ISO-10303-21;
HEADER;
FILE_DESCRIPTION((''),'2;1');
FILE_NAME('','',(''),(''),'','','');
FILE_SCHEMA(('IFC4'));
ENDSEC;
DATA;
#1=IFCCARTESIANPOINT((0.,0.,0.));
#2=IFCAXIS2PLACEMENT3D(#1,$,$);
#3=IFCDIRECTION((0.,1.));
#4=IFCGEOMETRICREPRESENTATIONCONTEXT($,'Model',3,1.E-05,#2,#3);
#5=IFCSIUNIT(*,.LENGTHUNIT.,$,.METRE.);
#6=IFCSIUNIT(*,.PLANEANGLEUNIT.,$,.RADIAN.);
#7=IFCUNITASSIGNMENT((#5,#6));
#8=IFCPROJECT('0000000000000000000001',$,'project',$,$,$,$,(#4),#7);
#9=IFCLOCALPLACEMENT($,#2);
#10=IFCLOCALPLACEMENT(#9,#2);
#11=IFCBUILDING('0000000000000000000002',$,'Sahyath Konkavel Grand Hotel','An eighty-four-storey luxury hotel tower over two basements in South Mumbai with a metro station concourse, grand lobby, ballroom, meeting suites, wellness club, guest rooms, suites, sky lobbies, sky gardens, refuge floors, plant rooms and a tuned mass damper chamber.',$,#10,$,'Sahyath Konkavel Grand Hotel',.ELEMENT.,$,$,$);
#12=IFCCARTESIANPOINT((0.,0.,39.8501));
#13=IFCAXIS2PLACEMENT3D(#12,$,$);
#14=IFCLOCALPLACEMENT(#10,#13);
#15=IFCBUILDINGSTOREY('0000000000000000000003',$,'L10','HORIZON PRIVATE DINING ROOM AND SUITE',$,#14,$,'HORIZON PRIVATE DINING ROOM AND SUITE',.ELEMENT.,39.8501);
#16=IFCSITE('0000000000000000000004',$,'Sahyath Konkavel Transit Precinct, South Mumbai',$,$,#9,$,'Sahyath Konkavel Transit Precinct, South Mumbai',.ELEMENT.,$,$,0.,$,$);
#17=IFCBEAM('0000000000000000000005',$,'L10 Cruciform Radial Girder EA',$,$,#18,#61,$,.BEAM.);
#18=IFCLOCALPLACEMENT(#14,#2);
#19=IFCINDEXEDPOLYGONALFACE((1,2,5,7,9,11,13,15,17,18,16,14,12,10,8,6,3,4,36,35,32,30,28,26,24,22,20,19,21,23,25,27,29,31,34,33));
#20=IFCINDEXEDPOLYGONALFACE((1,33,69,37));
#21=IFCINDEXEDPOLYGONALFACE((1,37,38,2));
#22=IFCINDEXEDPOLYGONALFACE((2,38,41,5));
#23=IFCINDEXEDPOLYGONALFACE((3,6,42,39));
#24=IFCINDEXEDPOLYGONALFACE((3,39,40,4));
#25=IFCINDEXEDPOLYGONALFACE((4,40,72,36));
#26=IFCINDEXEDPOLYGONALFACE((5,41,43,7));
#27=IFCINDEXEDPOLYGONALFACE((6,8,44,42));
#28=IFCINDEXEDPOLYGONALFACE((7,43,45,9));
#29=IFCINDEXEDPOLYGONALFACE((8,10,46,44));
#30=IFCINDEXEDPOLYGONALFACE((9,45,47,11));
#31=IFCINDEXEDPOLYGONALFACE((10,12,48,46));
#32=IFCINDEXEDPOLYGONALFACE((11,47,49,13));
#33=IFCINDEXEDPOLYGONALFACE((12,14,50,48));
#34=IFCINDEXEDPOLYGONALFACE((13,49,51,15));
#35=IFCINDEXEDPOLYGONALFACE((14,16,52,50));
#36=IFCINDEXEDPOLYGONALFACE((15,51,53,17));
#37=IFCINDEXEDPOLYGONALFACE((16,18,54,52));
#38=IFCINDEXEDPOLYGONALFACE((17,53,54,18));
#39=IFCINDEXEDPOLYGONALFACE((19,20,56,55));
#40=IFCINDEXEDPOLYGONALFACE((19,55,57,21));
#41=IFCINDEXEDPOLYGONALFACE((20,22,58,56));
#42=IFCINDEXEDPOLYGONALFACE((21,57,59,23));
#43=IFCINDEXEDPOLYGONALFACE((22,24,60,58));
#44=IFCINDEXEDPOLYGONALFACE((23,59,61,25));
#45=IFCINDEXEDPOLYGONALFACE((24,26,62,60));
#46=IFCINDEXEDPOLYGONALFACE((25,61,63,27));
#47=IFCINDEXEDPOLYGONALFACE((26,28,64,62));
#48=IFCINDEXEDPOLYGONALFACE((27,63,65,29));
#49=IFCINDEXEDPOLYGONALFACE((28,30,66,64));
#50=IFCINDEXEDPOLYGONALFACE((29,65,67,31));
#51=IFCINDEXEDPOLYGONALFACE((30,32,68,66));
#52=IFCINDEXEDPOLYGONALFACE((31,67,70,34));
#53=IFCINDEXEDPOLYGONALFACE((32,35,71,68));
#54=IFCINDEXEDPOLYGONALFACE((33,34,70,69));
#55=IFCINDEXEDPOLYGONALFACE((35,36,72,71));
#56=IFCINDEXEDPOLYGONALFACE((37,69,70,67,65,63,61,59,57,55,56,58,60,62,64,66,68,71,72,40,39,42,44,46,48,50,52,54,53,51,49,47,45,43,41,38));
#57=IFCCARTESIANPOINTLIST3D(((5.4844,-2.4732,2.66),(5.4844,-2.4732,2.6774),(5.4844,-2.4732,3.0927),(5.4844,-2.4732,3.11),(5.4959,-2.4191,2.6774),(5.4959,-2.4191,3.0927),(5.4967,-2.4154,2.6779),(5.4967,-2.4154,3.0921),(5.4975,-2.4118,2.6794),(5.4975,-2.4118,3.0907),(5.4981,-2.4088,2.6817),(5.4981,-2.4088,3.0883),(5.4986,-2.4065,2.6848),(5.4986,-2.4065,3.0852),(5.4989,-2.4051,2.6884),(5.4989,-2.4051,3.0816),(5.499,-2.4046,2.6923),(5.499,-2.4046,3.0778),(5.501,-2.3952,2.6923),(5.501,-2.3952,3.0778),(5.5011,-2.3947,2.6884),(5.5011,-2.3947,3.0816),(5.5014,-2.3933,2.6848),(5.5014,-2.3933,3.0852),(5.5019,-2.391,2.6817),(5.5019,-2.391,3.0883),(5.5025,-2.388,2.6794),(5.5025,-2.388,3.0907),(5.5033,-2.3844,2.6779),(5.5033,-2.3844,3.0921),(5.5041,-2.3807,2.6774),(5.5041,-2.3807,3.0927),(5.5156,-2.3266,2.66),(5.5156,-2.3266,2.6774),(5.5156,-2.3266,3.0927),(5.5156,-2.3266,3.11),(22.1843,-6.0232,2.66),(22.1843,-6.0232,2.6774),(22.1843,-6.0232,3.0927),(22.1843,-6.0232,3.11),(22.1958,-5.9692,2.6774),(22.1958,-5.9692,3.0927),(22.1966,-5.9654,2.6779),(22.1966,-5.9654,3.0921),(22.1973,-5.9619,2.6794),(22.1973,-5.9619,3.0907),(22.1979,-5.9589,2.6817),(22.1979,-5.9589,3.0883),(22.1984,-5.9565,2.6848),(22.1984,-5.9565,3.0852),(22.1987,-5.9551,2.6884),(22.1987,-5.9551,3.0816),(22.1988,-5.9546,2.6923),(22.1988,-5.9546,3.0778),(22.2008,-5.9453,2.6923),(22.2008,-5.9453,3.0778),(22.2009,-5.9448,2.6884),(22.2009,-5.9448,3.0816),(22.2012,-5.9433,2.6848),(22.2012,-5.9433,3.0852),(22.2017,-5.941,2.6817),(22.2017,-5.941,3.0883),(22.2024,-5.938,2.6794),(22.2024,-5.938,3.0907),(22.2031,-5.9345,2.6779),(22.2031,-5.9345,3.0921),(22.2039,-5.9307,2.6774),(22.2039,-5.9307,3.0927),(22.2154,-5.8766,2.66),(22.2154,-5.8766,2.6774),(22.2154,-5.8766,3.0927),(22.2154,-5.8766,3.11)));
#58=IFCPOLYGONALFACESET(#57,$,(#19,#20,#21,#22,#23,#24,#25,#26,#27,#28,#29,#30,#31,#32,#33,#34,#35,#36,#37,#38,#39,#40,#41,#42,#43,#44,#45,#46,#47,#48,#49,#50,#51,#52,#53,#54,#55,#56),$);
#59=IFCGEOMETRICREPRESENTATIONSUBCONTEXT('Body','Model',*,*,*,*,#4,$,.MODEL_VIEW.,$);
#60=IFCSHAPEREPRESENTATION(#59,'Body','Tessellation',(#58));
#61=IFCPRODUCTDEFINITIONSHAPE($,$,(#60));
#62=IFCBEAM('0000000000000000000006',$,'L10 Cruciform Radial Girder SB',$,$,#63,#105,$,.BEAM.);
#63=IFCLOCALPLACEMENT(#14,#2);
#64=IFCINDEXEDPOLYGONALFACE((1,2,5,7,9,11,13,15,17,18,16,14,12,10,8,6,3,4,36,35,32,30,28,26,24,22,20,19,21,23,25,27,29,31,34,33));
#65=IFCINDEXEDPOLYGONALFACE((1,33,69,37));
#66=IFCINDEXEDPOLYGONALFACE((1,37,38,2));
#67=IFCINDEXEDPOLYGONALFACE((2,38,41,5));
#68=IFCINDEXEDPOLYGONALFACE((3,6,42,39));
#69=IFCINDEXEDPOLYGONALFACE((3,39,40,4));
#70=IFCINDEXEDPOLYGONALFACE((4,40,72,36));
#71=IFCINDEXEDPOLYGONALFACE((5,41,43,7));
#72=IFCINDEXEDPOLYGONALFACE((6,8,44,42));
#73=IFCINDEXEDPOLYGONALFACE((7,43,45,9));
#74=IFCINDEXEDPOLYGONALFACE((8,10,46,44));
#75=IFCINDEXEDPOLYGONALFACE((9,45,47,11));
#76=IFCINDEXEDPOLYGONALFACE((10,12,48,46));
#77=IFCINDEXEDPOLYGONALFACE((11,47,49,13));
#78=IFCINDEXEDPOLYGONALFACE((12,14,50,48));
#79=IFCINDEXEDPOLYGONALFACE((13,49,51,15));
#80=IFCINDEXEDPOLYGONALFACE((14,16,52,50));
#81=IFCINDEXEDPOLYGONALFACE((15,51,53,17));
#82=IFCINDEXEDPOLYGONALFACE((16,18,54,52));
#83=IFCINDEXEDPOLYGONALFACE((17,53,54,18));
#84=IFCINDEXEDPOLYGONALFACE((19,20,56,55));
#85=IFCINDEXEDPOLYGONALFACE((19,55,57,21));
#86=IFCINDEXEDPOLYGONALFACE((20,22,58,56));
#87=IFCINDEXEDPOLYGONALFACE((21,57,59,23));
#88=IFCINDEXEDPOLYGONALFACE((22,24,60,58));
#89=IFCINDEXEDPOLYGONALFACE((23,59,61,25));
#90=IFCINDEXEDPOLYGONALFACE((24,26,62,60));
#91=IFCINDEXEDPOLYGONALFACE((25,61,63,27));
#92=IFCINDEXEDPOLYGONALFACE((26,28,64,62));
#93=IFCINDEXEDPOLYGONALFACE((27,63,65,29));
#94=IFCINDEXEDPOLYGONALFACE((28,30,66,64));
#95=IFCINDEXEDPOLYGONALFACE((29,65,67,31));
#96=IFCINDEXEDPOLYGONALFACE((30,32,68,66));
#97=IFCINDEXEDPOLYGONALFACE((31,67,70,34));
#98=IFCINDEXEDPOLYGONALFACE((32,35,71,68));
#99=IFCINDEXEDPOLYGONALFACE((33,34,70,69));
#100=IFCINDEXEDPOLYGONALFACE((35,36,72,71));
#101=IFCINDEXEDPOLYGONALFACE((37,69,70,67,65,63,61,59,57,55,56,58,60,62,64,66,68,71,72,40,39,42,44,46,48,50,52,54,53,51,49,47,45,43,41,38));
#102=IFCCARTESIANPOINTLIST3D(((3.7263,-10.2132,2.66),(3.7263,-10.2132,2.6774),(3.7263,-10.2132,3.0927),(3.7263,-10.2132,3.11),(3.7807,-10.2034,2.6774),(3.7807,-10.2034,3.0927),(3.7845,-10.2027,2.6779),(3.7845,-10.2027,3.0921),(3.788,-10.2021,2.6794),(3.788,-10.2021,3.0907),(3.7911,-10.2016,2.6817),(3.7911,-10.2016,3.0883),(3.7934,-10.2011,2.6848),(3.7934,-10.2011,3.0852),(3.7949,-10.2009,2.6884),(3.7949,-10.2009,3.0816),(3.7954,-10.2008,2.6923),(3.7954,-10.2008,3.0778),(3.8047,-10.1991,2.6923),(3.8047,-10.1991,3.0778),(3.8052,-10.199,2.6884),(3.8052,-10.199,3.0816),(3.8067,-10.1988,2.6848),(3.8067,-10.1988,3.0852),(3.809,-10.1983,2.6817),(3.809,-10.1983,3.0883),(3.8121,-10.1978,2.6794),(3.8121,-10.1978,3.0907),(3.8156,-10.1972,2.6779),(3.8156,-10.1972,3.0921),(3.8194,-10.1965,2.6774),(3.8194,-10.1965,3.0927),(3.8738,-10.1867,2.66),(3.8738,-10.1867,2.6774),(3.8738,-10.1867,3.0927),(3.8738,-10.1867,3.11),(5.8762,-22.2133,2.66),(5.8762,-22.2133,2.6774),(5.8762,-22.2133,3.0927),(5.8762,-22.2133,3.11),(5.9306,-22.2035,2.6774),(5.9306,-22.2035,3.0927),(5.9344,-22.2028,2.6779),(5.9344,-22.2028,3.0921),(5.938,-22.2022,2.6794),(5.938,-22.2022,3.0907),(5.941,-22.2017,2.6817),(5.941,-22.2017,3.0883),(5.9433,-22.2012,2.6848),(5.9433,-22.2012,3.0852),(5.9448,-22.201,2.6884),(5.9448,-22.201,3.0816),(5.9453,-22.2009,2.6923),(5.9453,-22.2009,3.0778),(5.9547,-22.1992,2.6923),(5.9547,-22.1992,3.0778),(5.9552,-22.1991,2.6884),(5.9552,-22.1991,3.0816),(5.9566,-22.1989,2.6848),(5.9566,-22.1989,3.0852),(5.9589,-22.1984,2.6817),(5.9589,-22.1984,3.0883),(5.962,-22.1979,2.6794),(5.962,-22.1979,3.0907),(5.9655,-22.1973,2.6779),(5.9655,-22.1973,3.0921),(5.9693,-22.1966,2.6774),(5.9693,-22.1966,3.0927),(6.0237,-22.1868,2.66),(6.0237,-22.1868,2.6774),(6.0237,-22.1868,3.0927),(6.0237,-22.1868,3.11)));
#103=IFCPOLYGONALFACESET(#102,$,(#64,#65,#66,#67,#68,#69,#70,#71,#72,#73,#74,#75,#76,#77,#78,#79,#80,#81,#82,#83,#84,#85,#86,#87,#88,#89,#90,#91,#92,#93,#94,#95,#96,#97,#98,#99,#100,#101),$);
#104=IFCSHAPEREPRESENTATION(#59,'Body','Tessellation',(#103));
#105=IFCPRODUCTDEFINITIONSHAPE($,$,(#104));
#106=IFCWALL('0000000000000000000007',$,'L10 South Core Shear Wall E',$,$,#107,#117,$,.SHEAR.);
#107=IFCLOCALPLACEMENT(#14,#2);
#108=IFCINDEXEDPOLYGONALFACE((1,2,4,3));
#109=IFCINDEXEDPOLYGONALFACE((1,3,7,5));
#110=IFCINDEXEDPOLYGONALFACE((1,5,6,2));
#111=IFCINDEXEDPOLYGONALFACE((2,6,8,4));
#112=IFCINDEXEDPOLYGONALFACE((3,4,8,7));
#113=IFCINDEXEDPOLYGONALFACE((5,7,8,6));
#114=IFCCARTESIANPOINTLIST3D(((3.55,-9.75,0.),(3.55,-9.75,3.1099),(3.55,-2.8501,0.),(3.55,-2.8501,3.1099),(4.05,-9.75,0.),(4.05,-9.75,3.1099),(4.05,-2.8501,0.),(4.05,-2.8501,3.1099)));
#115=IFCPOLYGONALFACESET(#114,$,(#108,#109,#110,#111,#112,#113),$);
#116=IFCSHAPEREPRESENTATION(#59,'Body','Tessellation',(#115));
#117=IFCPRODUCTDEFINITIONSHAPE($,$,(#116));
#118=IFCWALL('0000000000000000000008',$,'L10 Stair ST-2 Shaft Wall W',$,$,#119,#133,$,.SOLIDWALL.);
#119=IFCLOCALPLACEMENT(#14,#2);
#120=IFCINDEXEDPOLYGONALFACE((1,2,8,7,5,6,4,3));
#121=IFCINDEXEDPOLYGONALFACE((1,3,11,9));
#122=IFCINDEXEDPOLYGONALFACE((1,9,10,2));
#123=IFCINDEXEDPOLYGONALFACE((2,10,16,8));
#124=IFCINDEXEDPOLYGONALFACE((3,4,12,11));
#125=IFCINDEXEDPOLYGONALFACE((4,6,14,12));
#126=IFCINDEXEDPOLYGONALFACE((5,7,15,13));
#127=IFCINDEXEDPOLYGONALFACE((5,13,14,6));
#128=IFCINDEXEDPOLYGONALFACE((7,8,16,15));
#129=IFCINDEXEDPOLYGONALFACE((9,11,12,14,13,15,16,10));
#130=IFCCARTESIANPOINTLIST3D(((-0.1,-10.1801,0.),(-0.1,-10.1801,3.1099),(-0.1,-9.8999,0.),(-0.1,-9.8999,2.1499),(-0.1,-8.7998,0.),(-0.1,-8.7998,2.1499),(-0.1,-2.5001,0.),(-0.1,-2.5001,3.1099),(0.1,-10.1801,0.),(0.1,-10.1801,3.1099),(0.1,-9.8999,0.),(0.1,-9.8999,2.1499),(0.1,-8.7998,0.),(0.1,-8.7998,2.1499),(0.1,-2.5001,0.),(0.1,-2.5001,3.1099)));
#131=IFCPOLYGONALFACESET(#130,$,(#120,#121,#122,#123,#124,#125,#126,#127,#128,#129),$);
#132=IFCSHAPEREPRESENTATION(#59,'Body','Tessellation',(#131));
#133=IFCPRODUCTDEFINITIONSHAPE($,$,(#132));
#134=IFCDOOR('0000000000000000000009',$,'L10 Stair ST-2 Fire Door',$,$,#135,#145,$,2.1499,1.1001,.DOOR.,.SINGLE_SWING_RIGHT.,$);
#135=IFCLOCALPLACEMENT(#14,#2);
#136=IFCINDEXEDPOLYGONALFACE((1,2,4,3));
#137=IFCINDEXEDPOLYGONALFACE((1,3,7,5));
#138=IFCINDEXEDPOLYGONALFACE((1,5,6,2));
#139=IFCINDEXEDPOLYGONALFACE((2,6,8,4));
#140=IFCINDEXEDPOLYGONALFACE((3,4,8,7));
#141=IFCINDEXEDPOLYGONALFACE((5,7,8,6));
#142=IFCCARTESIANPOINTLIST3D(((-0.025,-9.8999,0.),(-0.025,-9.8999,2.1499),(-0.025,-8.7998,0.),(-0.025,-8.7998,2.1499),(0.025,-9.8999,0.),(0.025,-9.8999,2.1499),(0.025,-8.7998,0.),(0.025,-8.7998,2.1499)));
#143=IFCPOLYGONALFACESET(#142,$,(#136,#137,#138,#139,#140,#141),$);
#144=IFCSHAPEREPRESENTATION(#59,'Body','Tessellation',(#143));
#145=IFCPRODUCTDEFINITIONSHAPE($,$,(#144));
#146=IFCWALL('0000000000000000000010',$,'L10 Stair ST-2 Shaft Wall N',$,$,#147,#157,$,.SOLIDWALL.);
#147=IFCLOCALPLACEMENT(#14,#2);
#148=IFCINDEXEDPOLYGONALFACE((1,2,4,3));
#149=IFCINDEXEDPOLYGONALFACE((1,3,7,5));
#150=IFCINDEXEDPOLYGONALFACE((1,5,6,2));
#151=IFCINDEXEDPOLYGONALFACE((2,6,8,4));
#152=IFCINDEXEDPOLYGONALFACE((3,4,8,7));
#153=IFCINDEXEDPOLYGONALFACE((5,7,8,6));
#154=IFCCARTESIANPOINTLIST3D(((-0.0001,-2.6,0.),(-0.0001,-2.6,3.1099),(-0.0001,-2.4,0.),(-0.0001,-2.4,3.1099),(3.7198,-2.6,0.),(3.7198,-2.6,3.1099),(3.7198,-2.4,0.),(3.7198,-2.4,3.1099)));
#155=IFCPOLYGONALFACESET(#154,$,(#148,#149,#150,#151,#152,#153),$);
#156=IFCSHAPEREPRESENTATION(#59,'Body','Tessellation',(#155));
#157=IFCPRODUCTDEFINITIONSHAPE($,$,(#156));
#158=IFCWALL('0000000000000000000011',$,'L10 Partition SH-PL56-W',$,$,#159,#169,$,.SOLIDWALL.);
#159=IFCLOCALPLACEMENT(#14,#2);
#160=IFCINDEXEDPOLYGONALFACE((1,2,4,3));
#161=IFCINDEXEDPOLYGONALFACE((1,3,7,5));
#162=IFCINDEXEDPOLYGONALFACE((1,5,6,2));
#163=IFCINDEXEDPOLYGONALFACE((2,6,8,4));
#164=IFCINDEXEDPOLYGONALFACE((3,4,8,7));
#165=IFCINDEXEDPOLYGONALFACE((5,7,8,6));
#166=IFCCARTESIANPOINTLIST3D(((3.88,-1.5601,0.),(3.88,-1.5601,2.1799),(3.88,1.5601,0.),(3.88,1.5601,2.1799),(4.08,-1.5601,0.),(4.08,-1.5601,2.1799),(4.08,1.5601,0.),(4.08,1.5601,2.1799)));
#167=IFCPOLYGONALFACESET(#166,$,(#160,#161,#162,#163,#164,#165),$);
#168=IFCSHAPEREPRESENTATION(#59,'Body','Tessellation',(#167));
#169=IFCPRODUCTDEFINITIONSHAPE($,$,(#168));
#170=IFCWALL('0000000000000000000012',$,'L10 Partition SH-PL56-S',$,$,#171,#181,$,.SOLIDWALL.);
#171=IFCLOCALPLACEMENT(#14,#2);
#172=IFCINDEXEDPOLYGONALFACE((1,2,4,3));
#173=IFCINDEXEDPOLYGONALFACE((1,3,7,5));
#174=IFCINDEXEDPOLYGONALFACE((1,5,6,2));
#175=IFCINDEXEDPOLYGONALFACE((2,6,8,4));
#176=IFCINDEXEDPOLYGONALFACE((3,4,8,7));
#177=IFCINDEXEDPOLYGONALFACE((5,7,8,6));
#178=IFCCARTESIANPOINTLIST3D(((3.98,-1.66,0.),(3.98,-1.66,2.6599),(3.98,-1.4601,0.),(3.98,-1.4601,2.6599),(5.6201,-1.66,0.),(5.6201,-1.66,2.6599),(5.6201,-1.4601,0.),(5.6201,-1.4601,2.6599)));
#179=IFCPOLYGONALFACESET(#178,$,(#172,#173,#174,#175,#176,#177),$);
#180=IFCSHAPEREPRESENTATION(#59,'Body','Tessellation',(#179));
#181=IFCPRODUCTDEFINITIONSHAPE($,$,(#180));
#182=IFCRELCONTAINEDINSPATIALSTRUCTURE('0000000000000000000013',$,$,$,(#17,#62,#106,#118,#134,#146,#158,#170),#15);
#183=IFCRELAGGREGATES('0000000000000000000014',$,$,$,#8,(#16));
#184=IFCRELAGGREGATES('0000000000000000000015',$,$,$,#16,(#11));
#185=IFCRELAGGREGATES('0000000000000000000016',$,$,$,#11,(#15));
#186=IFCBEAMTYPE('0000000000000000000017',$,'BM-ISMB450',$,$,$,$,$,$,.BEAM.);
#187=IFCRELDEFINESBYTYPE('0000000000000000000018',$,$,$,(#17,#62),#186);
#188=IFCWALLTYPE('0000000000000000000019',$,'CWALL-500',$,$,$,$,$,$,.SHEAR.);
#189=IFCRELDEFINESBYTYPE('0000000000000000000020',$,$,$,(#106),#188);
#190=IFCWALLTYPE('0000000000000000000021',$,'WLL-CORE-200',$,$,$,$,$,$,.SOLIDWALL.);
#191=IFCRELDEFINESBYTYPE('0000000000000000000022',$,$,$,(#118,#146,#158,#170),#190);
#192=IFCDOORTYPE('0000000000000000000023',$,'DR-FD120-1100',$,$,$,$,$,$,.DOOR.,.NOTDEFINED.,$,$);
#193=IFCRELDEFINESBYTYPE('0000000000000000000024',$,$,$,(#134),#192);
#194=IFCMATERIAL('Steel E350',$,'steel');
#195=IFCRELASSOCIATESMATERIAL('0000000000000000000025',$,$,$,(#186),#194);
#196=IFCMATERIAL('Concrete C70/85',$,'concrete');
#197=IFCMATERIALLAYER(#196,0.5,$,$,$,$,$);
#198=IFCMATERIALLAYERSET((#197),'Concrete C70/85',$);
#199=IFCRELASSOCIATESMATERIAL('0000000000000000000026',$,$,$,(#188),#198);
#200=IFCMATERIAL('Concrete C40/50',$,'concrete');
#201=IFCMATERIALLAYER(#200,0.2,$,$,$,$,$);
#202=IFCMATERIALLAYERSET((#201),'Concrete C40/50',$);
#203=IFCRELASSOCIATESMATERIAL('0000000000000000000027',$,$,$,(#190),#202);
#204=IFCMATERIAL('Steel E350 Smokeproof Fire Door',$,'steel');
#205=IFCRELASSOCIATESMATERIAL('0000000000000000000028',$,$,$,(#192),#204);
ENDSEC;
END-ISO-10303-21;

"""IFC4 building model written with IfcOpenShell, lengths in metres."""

from ifc_helpers import new_model, si_unit, direction, frame, frame_2d, origin, origin_2d, place, context, subcontext, project, spatial, rectangle, i_section, extrude, source, transform, mapped, material, layer, layer_set, material_profile, profile_set, type_object, element, fill, save


model = new_model("IFC4")

# Units and contexts
model_context = context("Model", 3, precision=1e-05, world=origin(), true_north=direction((0.0, 1.0)))
body_context = subcontext(model_context, "Body", "Model", "MODEL_VIEW")
ifc_project = project(units=[si_unit("LENGTHUNIT", "METRE"), si_unit("PLANEANGLEUNIT", "RADIAN")], contexts=[model_context])

# Site, building, storey
site_placement = place(None, origin())
site = spatial("IfcSite", under=ifc_project, at=site_placement, Name="Sahyath Konkavel Transit Precinct, South Mumbai", LongName="Sahyath Konkavel Transit Precinct, South Mumbai", CompositionType="ELEMENT", RefElevation=0.0)
building_placement = place(site_placement, origin())
building = spatial("IfcBuilding", under=site, at=building_placement, Name="Sahyath Konkavel Grand Hotel", Description="An eighty-four-storey luxury hotel tower over two basements in South Mumbai with a metro station concourse, grand lobby, ballroom, meeting suites, wellness club, guest rooms, suites, sky lobbies, sky gardens, refuge floors, plant rooms and a tuned mass damper chamber.", LongName="Sahyath Konkavel Grand Hotel", CompositionType="ELEMENT")
storey_placement = place(building_placement, frame((0.0, 0.0, 39.8501)))
storey = spatial("IfcBuildingStorey", under=building, at=storey_placement, Name="L10", Description="HORIZON PRIVATE DINING ROOM AND SUITE", LongName="HORIZON PRIVATE DINING ROOM AND SUITE", CompositionType="ELEMENT", Elevation=39.8501)

# Shared definitions
ifc_material_1 = material(Name="Concrete C70/85", Category="concrete")

# Beams
ifc_material_2 = material(Name="Steel E350", Category="steel")
ifc_material_profile_1 = material_profile(ifc_material_2, i_section(OverallWidth=0.1499, OverallDepth=0.45, WebThickness=0.0095, FlangeThickness=0.0173, FilletRadius=0.0149, at=origin_2d()), Name="ISMB 450")
ifc_profile_set_1 = profile_set([ifc_material_profile_1], Name="Steel E350")
beam_type_1 = type_object("IfcBeamType", Name="BM-ISMB450", PredefinedType="BEAM", material=ifc_profile_set_1)
shared_shape_1 = source(origin(), body_context, "Body", "SweptSolid", [
    extrude(i_section(OverallWidth=0.1499, OverallDepth=0.45, WebThickness=0.0095, FlangeThickness=0.0173, FilletRadius=0.0149, at=origin_2d()), origin(), (0.0, 0.0, 1.0), 17.073),
])
beam_1_placement = place(storey_placement, frame((5.5, -2.3999, 2.885), z_axis=(0.978143, -0.207932, 0.0), x_axis=(0.207932, 0.978143, 0.0)))
element("IfcBeam", 1, at=beam_1_placement, inside=storey, type_object=beam_type_1, Name="L10 Cruciform Radial Girder EA", PredefinedType="BEAM", context=body_context, shape_type="MappedRepresentation", body=[
    mapped(shared_shape_1, transform((0.0, 0.0, 0.0), scale=1.0)),
])
shared_shape_2 = source(origin(), body_context, "Body", "SweptSolid", [
    extrude(i_section(OverallWidth=0.1499, OverallDepth=0.45, WebThickness=0.0095, FlangeThickness=0.0173, FilletRadius=0.0149, at=origin_2d()), origin(), (0.0, 0.0, 1.0), 12.1912),
])
beam_2_placement = place(storey_placement, frame((3.8, -10.2, 2.885), z_axis=(0.176351, -0.984327, 0.0), x_axis=(0.984327, 0.176351, 0.0)))
element("IfcBeam", 2, at=beam_2_placement, inside=storey, type_object=beam_type_1, Name="L10 Cruciform Radial Girder SB", PredefinedType="BEAM", context=body_context, shape_type="MappedRepresentation", body=[
    mapped(shared_shape_2, transform((0.0, 0.0, 0.0), scale=1.0)),
])

# Wall
ifc_layer_1 = layer(ifc_material_1, 0.5)
ifc_layer_set_1 = layer_set([ifc_layer_1], Name="Concrete C70/85")
wall_type_1 = type_object("IfcWallType", Name="CWALL-500", PredefinedType="SHEAR", material=ifc_layer_set_1)
wall_1_placement = place(storey_placement, frame((3.8, -9.75, 0.0), z_axis=(0.0, 0.0, 1.0), x_axis=(0.0, 1.0, 0.0)))
element("IfcWall", 3, at=wall_1_placement, inside=storey, type_object=wall_type_1, Name="L10 South Core Shear Wall E", PredefinedType="SHEAR", context=body_context, shape_type="SweptSolid", body=[
    extrude(rectangle(XDim=6.8999, YDim=0.5, at=frame_2d((3.45, 0.0))), origin(), (0.0, 0.0, 1.0), 3.1099),
])

# Wall, opening, door
ifc_material_3 = material(Name="Concrete C40/50", Category="concrete")
ifc_layer_2 = layer(ifc_material_3, 0.2)
ifc_layer_set_2 = layer_set([ifc_layer_2], Name="Concrete C40/50")
wall_type_2 = type_object("IfcWallType", Name="WLL-CORE-200", PredefinedType="SOLIDWALL", material=ifc_layer_set_2)
wall_2_placement = place(storey_placement, frame((0.0, -10.1799, 0.0), z_axis=(0.0, 0.0, 1.0), x_axis=(0.0, 1.0, 0.0)))
wall_2 = element("IfcWall", 4, at=wall_2_placement, inside=storey, type_object=wall_type_2, Name="L10 Stair ST-2 Shaft Wall W", PredefinedType="SOLIDWALL", context=body_context, shape_type="SweptSolid", body=[
    extrude(rectangle(XDim=7.6799, YDim=0.2, at=frame_2d((3.8398, 0.0))), origin(), (0.0, 0.0, 1.0), 3.1099),
])
opening_1_placement = place(wall_2_placement, frame((0.28, 0.0, 0.0)))
opening_1 = element("IfcOpeningElement", 5, at=opening_1_placement, cuts=wall_2, PredefinedType="OPENING", context=body_context, shape_type="SweptSolid", body=[
    extrude(rectangle(XDim=1.1001, YDim=2.1499, at=frame_2d((0.55, 1.075))), frame((0.0, 0.1099, 0.0), z_axis=(0.0, -1.0, 0.0), x_axis=(1.0, 0.0, 0.0)), (0.0, 0.0, 1.0), 0.22),
])
ifc_material_4 = material(Name="Steel E350 Smokeproof Fire Door", Category="steel")
door_type_1 = type_object("IfcDoorType", Name="DR-FD120-1100", OperationType="NOTDEFINED", PredefinedType="DOOR", material=ifc_material_4)
shared_shape_3 = source(origin(), body_context, "Body", "SweptSolid", [
    extrude(rectangle(XDim=1.1001, YDim=0.05, at=origin_2d()), origin(), (0.0, 0.0, 1.0), 2.1499),
])
door_1_placement = place(opening_1_placement, frame((0.55, 0.0, 0.0)))
door_1 = element("IfcDoor", 6, at=door_1_placement, inside=storey, type_object=door_type_1, Name="L10 Stair ST-2 Fire Door", OperationType="SINGLE_SWING_RIGHT", OverallHeight=2.1499, OverallWidth=1.1001, PredefinedType="DOOR", context=body_context, shape_type="MappedRepresentation", body=[
    mapped(shared_shape_3, transform((0.0, 0.0, 0.0), scale=1.0)),
])
fill(opening_1, door_1)

# Walls
wall_3_placement = place(storey_placement, frame((0.0, -2.5, 0.0), z_axis=(0.0, 0.0, 1.0), x_axis=(1.0, 0.0, 0.0)))
element("IfcWall", 7, at=wall_3_placement, inside=storey, type_object=wall_type_2, Name="L10 Stair ST-2 Shaft Wall N", PredefinedType="SOLIDWALL", context=body_context, shape_type="SweptSolid", body=[
    extrude(rectangle(XDim=3.72, YDim=0.2, at=frame_2d((1.8599, 0.0))), origin(), (0.0, 0.0, 1.0), 3.1099),
])
wall_4_placement = place(storey_placement, frame((3.98, -1.5601, 0.0), z_axis=(0.0, 0.0, 1.0), x_axis=(0.0, 1.0, 0.0)))
element("IfcWall", 8, at=wall_4_placement, inside=storey, type_object=wall_type_2, Name="L10 Partition SH-PL56-W", PredefinedType="SOLIDWALL", context=body_context, shape_type="SweptSolid", body=[
    extrude(rectangle(XDim=3.1201, YDim=0.2, at=frame_2d((1.5601, 0.0))), origin(), (0.0, 0.0, 1.0), 2.1799),
])
wall_5_placement = place(storey_placement, frame((3.98, -1.5601, 0.0), z_axis=(0.0, 0.0, 1.0), x_axis=(1.0, 0.0, 0.0)))
element("IfcWall", 9, at=wall_5_placement, inside=storey, type_object=wall_type_2, Name="L10 Partition SH-PL56-S", PredefinedType="SOLIDWALL", context=body_context, shape_type="SweptSolid", body=[
    extrude(rectangle(XDim=1.6401, YDim=0.2, at=frame_2d((0.8201, 0.0))), origin(), (0.0, 0.0, 1.0), 2.6599),
])

save(model, "model.ifc")
